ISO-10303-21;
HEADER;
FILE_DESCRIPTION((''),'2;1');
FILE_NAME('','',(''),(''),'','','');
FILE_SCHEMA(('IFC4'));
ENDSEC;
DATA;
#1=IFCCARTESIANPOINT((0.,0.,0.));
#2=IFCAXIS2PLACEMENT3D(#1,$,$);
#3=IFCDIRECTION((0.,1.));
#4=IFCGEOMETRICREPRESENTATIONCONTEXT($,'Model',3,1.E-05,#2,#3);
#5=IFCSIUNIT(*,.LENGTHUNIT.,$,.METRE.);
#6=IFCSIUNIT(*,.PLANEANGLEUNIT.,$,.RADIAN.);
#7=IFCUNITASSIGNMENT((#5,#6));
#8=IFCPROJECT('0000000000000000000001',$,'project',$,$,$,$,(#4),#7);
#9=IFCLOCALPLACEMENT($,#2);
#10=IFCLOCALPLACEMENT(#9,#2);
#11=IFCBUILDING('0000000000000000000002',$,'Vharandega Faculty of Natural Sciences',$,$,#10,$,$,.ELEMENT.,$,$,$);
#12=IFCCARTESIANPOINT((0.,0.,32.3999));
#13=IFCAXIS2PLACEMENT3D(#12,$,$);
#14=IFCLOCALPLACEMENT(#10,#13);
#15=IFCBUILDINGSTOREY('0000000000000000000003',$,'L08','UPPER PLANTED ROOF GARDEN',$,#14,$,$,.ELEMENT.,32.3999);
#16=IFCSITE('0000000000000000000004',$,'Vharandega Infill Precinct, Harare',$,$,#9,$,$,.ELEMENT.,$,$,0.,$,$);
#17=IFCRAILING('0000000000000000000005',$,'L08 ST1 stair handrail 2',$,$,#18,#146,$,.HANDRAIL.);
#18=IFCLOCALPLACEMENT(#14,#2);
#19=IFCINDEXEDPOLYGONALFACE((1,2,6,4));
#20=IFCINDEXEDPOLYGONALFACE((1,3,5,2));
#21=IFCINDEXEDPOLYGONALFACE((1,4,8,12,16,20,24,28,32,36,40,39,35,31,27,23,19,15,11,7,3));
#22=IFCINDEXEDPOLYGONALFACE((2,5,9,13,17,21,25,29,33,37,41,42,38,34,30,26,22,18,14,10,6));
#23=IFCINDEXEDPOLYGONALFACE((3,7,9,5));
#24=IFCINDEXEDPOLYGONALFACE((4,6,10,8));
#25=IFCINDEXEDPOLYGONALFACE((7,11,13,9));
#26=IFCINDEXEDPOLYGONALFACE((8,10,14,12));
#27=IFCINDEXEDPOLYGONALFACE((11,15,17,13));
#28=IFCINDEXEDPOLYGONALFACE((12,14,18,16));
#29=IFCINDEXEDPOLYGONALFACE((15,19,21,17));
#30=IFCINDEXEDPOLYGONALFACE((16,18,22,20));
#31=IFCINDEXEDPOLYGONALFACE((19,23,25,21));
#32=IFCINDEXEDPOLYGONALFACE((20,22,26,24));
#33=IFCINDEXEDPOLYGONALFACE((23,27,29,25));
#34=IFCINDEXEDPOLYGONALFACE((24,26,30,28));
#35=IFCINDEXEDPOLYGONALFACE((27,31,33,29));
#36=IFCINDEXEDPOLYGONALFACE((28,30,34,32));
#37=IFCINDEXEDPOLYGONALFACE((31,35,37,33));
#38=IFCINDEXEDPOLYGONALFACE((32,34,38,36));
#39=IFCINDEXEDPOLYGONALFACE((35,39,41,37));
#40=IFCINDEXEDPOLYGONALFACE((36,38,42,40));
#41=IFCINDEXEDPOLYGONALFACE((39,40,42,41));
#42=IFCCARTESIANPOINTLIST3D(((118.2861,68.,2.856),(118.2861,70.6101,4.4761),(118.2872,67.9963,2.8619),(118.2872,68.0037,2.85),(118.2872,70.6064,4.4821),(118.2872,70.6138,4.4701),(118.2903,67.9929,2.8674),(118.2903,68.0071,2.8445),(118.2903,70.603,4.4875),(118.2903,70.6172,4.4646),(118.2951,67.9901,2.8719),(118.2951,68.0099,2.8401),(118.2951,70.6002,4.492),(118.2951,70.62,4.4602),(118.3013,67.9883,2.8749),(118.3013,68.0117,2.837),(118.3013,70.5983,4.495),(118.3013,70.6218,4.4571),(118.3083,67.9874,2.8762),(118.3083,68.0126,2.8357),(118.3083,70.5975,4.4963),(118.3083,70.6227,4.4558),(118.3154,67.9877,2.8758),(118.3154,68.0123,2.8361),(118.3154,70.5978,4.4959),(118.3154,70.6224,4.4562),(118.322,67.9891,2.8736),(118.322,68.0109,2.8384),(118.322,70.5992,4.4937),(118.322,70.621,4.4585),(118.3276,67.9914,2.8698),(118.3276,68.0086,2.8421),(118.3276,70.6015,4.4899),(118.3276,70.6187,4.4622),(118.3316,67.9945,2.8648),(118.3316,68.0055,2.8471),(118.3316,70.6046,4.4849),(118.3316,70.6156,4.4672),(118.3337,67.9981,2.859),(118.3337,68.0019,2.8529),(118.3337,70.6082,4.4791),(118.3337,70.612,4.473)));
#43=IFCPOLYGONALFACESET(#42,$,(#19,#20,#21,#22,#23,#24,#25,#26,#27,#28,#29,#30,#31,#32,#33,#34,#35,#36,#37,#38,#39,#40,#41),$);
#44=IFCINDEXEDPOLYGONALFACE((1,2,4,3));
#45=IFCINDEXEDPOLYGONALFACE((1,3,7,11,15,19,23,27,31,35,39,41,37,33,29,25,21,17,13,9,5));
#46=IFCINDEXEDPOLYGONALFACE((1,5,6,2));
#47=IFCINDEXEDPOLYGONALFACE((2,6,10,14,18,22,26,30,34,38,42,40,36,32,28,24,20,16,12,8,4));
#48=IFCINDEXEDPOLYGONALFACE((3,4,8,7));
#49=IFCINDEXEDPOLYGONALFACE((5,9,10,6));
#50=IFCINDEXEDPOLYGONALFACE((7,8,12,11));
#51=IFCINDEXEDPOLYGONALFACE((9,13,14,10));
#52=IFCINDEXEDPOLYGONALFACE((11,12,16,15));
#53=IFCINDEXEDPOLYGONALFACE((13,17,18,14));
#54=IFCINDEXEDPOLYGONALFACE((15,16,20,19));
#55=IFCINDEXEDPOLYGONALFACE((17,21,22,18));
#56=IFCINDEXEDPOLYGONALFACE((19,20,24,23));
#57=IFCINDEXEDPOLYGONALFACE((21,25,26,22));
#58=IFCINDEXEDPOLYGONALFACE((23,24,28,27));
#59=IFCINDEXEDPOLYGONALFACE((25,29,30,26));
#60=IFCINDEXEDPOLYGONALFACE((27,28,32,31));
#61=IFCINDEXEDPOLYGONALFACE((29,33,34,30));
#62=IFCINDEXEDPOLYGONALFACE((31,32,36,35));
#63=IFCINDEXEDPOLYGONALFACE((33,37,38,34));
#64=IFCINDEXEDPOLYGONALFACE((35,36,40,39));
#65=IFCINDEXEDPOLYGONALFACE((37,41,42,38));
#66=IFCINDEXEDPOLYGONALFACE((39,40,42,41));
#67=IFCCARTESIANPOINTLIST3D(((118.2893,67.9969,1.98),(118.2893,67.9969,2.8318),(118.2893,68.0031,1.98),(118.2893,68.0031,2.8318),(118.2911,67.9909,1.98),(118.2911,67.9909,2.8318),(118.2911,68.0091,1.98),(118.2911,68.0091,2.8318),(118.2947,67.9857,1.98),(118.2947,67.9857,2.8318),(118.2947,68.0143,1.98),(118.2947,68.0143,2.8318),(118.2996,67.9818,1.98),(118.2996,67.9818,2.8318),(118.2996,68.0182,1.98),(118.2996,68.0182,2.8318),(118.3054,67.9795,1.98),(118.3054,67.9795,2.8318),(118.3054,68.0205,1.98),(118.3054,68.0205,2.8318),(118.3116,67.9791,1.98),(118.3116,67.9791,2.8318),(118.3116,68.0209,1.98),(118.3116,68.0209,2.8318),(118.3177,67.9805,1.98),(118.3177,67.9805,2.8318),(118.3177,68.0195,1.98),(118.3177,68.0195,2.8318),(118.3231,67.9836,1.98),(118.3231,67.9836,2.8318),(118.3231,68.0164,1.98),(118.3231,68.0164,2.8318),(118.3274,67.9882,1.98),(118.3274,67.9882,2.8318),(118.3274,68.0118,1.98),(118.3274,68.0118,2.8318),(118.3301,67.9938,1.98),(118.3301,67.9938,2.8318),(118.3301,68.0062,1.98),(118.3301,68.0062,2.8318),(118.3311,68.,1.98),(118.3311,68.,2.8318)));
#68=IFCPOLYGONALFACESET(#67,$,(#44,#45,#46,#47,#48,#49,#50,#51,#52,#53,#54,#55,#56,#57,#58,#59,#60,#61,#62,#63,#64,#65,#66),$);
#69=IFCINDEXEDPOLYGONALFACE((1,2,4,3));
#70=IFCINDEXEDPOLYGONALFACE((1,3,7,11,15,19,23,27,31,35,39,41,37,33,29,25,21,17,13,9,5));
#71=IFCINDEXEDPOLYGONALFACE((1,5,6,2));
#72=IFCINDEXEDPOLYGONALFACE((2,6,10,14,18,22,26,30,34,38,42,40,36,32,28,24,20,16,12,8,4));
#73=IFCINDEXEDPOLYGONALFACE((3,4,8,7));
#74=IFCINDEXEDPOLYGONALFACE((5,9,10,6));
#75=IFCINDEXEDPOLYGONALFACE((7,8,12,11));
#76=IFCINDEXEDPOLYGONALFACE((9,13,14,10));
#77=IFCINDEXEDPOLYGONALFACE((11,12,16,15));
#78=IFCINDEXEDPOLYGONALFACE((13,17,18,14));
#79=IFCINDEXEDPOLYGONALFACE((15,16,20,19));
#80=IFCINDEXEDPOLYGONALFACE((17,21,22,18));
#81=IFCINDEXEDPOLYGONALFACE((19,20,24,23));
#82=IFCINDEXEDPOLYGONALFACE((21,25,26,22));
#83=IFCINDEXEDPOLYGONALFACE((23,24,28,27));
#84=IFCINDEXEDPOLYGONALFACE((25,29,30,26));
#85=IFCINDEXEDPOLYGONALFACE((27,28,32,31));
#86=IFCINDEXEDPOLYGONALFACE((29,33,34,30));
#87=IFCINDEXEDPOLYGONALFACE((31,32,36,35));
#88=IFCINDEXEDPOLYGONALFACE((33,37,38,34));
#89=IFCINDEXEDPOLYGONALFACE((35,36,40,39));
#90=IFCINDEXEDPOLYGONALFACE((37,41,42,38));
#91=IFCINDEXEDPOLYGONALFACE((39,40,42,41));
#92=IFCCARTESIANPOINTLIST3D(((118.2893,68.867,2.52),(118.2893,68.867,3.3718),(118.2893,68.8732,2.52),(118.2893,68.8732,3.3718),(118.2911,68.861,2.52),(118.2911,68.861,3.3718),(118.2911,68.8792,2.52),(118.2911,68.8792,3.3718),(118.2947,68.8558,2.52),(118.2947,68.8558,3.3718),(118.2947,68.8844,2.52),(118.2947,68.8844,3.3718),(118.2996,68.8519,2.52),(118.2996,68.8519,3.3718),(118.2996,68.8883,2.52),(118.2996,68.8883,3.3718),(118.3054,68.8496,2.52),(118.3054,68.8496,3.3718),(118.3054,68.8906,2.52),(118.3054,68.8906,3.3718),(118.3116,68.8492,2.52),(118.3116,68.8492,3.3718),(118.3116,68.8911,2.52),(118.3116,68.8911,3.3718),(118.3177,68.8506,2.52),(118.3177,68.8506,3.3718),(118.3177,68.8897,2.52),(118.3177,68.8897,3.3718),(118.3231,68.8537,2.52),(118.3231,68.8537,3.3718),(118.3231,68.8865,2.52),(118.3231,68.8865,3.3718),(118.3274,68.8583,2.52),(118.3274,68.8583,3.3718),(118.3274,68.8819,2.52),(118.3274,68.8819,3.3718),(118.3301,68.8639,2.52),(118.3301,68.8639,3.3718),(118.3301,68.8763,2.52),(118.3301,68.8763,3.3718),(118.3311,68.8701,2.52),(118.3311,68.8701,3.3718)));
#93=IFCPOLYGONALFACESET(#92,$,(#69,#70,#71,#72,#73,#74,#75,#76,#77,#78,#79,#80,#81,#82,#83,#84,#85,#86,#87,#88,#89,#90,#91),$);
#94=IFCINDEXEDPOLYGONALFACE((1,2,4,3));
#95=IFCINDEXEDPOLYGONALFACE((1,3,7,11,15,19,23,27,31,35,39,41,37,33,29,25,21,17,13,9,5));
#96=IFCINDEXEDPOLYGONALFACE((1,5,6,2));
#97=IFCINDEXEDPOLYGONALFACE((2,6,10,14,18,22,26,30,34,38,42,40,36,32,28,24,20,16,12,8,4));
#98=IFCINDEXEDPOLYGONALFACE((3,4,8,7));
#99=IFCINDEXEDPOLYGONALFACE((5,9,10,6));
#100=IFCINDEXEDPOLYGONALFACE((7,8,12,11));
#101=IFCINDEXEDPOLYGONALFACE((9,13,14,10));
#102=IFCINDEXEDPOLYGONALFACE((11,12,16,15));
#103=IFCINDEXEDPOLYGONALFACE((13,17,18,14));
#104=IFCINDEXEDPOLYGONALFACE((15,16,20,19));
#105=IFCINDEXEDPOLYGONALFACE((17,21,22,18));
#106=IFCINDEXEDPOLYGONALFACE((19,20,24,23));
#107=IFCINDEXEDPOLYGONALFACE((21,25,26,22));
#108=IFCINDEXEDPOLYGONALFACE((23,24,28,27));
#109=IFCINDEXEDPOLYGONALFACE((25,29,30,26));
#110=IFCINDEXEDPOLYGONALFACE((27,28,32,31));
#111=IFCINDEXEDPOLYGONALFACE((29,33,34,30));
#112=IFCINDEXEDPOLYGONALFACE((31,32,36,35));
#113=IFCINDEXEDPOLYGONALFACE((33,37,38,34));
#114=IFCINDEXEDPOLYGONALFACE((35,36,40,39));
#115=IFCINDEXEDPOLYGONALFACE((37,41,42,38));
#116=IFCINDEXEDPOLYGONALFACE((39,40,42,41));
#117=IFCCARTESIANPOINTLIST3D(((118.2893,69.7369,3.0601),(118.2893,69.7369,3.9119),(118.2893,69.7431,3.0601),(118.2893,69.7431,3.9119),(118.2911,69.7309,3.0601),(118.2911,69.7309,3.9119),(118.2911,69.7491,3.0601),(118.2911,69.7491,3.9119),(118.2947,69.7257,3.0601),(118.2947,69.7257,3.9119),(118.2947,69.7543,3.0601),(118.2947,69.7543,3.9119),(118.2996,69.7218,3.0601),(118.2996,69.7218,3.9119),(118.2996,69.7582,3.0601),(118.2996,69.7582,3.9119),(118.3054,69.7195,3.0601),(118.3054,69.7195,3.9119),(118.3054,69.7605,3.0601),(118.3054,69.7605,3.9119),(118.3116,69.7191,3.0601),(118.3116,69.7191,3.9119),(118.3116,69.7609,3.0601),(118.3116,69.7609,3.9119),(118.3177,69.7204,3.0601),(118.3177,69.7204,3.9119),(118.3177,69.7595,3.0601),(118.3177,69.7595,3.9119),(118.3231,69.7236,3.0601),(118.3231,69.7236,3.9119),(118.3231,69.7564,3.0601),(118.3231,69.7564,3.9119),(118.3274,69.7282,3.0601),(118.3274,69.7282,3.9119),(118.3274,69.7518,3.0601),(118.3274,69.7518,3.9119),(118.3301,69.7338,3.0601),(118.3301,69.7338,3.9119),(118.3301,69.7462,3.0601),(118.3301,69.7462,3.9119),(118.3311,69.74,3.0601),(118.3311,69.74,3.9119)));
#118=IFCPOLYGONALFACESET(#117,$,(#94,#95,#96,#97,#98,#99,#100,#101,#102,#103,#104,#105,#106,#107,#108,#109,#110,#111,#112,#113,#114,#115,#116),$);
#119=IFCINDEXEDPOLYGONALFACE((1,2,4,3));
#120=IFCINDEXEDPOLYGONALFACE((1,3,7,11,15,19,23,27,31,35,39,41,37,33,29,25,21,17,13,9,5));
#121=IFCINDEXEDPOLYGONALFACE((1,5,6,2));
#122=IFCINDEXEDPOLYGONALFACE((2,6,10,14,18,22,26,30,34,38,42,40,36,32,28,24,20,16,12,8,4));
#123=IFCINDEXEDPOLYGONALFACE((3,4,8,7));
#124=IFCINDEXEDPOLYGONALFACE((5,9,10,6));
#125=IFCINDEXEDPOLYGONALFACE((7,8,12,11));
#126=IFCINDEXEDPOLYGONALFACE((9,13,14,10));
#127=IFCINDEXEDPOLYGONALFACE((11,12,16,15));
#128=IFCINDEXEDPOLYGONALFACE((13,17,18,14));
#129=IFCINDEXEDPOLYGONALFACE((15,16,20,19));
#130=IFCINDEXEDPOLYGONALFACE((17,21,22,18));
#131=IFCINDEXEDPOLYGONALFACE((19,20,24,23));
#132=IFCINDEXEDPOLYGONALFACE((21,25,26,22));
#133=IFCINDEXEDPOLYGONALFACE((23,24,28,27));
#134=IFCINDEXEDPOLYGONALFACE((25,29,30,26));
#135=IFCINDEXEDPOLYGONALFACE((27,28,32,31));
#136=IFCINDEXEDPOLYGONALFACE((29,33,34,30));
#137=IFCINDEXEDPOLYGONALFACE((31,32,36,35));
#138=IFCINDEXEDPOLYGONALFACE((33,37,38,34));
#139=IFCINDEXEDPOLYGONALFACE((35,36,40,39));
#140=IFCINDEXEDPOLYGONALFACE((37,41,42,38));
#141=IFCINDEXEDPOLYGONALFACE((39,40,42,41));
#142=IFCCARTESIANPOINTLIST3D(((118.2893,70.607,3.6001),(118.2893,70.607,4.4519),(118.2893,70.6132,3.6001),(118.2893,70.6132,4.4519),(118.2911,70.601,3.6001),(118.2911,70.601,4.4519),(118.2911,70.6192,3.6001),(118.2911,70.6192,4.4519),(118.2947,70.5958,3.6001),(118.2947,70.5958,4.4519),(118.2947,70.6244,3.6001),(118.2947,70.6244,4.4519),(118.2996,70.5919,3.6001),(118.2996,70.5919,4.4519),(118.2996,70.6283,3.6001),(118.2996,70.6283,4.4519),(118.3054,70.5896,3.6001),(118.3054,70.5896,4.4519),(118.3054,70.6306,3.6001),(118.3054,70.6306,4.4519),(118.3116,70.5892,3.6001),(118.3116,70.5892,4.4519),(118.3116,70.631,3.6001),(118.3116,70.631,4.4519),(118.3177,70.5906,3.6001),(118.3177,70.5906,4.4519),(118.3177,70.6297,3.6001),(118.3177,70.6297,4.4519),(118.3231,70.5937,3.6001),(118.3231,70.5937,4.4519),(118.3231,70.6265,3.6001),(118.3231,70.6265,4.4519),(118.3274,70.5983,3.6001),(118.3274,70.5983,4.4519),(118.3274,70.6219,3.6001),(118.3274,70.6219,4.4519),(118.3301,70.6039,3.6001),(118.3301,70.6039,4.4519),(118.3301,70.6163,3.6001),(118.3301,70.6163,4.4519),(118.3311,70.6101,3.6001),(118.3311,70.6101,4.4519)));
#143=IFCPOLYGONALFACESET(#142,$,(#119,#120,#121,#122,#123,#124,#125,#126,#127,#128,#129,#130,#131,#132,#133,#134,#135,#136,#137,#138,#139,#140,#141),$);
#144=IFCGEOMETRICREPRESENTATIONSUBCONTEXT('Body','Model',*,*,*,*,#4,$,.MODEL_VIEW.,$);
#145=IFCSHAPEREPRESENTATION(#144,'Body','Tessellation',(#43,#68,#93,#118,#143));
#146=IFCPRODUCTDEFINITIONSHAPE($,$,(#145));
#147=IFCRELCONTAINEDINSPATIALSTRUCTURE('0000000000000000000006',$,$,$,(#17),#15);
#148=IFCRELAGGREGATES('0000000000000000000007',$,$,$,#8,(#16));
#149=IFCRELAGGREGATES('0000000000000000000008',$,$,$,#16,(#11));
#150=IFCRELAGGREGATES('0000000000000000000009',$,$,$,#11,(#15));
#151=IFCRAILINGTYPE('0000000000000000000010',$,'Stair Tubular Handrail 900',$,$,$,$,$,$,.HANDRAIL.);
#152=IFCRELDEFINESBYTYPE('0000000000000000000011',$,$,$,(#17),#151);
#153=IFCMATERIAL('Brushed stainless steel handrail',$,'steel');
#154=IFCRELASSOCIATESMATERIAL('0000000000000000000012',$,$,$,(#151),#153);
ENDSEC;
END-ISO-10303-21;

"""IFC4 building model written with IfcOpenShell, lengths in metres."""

from ifc_helpers import new_model, si_unit, direction, frame, origin, origin_2d, place, context, subcontext, project, spatial, circle, extrude, material, type_object, element, save


model = new_model("IFC4")

# Units and contexts
model_context = context("Model", 3, precision=1e-05, world=origin(), true_north=direction((0.0, 1.0)))
body_context = subcontext(model_context, "Body", "Model", "MODEL_VIEW")
ifc_project = project(units=[si_unit("LENGTHUNIT", "METRE"), si_unit("PLANEANGLEUNIT", "RADIAN")], contexts=[model_context])

# Site, building, storey
site_placement = place(None, origin())
site = spatial("IfcSite", under=ifc_project, at=site_placement, Name="Vharandega Infill Precinct, Harare", CompositionType="ELEMENT", RefElevation=0.0)
building_placement = place(site_placement, origin())
building = spatial("IfcBuilding", under=site, at=building_placement, Name="Vharandega Faculty of Natural Sciences", CompositionType="ELEMENT")
storey_placement = place(building_placement, frame((0.0, 0.0, 32.3999)))
storey = spatial("IfcBuildingStorey", under=building, at=storey_placement, Name="L08", Description="UPPER PLANTED ROOF GARDEN", CompositionType="ELEMENT", Elevation=32.3999)

# Railing
ifc_material_1 = material(Name="Brushed stainless steel handrail", Category="steel")
railing_type_1 = type_object("IfcRailingType", Name="Stair Tubular Handrail 900", PredefinedType="HANDRAIL", material=ifc_material_1)
railing_1_placement = place(storey_placement, frame((118.3101, 68.0, 1.98)))
element("IfcRailing", 1, at=railing_1_placement, inside=storey, type_object=railing_type_1, Name="L08 ST1 stair handrail 2", PredefinedType="HANDRAIL", context=body_context, shape_type="SweptSolid", body=[
    extrude(circle(Radius=0.0239, at=origin_2d()), frame((0.0, 0.0, 0.876), z_axis=(0.0, 0.849633, 0.527375), x_axis=(-1.0, 0.0, 0.0)), (0.0, 0.0, 1.0), 3.072),
    extrude(circle(Radius=0.021, at=origin_2d()), origin(), (0.0, 0.0, 1.0), 0.8518),
    extrude(circle(Radius=0.021, at=origin_2d()), frame((0.0, 0.8701, 0.54)), (0.0, 0.0, 1.0), 0.8518),
    extrude(circle(Radius=0.021, at=origin_2d()), frame((0.0, 1.74, 1.0801)), (0.0, 0.0, 1.0), 0.8518),
    extrude(circle(Radius=0.021, at=origin_2d()), frame((0.0, 2.6101, 1.6201)), (0.0, 0.0, 1.0), 0.8518),
])

save(model, "model.ifc")
